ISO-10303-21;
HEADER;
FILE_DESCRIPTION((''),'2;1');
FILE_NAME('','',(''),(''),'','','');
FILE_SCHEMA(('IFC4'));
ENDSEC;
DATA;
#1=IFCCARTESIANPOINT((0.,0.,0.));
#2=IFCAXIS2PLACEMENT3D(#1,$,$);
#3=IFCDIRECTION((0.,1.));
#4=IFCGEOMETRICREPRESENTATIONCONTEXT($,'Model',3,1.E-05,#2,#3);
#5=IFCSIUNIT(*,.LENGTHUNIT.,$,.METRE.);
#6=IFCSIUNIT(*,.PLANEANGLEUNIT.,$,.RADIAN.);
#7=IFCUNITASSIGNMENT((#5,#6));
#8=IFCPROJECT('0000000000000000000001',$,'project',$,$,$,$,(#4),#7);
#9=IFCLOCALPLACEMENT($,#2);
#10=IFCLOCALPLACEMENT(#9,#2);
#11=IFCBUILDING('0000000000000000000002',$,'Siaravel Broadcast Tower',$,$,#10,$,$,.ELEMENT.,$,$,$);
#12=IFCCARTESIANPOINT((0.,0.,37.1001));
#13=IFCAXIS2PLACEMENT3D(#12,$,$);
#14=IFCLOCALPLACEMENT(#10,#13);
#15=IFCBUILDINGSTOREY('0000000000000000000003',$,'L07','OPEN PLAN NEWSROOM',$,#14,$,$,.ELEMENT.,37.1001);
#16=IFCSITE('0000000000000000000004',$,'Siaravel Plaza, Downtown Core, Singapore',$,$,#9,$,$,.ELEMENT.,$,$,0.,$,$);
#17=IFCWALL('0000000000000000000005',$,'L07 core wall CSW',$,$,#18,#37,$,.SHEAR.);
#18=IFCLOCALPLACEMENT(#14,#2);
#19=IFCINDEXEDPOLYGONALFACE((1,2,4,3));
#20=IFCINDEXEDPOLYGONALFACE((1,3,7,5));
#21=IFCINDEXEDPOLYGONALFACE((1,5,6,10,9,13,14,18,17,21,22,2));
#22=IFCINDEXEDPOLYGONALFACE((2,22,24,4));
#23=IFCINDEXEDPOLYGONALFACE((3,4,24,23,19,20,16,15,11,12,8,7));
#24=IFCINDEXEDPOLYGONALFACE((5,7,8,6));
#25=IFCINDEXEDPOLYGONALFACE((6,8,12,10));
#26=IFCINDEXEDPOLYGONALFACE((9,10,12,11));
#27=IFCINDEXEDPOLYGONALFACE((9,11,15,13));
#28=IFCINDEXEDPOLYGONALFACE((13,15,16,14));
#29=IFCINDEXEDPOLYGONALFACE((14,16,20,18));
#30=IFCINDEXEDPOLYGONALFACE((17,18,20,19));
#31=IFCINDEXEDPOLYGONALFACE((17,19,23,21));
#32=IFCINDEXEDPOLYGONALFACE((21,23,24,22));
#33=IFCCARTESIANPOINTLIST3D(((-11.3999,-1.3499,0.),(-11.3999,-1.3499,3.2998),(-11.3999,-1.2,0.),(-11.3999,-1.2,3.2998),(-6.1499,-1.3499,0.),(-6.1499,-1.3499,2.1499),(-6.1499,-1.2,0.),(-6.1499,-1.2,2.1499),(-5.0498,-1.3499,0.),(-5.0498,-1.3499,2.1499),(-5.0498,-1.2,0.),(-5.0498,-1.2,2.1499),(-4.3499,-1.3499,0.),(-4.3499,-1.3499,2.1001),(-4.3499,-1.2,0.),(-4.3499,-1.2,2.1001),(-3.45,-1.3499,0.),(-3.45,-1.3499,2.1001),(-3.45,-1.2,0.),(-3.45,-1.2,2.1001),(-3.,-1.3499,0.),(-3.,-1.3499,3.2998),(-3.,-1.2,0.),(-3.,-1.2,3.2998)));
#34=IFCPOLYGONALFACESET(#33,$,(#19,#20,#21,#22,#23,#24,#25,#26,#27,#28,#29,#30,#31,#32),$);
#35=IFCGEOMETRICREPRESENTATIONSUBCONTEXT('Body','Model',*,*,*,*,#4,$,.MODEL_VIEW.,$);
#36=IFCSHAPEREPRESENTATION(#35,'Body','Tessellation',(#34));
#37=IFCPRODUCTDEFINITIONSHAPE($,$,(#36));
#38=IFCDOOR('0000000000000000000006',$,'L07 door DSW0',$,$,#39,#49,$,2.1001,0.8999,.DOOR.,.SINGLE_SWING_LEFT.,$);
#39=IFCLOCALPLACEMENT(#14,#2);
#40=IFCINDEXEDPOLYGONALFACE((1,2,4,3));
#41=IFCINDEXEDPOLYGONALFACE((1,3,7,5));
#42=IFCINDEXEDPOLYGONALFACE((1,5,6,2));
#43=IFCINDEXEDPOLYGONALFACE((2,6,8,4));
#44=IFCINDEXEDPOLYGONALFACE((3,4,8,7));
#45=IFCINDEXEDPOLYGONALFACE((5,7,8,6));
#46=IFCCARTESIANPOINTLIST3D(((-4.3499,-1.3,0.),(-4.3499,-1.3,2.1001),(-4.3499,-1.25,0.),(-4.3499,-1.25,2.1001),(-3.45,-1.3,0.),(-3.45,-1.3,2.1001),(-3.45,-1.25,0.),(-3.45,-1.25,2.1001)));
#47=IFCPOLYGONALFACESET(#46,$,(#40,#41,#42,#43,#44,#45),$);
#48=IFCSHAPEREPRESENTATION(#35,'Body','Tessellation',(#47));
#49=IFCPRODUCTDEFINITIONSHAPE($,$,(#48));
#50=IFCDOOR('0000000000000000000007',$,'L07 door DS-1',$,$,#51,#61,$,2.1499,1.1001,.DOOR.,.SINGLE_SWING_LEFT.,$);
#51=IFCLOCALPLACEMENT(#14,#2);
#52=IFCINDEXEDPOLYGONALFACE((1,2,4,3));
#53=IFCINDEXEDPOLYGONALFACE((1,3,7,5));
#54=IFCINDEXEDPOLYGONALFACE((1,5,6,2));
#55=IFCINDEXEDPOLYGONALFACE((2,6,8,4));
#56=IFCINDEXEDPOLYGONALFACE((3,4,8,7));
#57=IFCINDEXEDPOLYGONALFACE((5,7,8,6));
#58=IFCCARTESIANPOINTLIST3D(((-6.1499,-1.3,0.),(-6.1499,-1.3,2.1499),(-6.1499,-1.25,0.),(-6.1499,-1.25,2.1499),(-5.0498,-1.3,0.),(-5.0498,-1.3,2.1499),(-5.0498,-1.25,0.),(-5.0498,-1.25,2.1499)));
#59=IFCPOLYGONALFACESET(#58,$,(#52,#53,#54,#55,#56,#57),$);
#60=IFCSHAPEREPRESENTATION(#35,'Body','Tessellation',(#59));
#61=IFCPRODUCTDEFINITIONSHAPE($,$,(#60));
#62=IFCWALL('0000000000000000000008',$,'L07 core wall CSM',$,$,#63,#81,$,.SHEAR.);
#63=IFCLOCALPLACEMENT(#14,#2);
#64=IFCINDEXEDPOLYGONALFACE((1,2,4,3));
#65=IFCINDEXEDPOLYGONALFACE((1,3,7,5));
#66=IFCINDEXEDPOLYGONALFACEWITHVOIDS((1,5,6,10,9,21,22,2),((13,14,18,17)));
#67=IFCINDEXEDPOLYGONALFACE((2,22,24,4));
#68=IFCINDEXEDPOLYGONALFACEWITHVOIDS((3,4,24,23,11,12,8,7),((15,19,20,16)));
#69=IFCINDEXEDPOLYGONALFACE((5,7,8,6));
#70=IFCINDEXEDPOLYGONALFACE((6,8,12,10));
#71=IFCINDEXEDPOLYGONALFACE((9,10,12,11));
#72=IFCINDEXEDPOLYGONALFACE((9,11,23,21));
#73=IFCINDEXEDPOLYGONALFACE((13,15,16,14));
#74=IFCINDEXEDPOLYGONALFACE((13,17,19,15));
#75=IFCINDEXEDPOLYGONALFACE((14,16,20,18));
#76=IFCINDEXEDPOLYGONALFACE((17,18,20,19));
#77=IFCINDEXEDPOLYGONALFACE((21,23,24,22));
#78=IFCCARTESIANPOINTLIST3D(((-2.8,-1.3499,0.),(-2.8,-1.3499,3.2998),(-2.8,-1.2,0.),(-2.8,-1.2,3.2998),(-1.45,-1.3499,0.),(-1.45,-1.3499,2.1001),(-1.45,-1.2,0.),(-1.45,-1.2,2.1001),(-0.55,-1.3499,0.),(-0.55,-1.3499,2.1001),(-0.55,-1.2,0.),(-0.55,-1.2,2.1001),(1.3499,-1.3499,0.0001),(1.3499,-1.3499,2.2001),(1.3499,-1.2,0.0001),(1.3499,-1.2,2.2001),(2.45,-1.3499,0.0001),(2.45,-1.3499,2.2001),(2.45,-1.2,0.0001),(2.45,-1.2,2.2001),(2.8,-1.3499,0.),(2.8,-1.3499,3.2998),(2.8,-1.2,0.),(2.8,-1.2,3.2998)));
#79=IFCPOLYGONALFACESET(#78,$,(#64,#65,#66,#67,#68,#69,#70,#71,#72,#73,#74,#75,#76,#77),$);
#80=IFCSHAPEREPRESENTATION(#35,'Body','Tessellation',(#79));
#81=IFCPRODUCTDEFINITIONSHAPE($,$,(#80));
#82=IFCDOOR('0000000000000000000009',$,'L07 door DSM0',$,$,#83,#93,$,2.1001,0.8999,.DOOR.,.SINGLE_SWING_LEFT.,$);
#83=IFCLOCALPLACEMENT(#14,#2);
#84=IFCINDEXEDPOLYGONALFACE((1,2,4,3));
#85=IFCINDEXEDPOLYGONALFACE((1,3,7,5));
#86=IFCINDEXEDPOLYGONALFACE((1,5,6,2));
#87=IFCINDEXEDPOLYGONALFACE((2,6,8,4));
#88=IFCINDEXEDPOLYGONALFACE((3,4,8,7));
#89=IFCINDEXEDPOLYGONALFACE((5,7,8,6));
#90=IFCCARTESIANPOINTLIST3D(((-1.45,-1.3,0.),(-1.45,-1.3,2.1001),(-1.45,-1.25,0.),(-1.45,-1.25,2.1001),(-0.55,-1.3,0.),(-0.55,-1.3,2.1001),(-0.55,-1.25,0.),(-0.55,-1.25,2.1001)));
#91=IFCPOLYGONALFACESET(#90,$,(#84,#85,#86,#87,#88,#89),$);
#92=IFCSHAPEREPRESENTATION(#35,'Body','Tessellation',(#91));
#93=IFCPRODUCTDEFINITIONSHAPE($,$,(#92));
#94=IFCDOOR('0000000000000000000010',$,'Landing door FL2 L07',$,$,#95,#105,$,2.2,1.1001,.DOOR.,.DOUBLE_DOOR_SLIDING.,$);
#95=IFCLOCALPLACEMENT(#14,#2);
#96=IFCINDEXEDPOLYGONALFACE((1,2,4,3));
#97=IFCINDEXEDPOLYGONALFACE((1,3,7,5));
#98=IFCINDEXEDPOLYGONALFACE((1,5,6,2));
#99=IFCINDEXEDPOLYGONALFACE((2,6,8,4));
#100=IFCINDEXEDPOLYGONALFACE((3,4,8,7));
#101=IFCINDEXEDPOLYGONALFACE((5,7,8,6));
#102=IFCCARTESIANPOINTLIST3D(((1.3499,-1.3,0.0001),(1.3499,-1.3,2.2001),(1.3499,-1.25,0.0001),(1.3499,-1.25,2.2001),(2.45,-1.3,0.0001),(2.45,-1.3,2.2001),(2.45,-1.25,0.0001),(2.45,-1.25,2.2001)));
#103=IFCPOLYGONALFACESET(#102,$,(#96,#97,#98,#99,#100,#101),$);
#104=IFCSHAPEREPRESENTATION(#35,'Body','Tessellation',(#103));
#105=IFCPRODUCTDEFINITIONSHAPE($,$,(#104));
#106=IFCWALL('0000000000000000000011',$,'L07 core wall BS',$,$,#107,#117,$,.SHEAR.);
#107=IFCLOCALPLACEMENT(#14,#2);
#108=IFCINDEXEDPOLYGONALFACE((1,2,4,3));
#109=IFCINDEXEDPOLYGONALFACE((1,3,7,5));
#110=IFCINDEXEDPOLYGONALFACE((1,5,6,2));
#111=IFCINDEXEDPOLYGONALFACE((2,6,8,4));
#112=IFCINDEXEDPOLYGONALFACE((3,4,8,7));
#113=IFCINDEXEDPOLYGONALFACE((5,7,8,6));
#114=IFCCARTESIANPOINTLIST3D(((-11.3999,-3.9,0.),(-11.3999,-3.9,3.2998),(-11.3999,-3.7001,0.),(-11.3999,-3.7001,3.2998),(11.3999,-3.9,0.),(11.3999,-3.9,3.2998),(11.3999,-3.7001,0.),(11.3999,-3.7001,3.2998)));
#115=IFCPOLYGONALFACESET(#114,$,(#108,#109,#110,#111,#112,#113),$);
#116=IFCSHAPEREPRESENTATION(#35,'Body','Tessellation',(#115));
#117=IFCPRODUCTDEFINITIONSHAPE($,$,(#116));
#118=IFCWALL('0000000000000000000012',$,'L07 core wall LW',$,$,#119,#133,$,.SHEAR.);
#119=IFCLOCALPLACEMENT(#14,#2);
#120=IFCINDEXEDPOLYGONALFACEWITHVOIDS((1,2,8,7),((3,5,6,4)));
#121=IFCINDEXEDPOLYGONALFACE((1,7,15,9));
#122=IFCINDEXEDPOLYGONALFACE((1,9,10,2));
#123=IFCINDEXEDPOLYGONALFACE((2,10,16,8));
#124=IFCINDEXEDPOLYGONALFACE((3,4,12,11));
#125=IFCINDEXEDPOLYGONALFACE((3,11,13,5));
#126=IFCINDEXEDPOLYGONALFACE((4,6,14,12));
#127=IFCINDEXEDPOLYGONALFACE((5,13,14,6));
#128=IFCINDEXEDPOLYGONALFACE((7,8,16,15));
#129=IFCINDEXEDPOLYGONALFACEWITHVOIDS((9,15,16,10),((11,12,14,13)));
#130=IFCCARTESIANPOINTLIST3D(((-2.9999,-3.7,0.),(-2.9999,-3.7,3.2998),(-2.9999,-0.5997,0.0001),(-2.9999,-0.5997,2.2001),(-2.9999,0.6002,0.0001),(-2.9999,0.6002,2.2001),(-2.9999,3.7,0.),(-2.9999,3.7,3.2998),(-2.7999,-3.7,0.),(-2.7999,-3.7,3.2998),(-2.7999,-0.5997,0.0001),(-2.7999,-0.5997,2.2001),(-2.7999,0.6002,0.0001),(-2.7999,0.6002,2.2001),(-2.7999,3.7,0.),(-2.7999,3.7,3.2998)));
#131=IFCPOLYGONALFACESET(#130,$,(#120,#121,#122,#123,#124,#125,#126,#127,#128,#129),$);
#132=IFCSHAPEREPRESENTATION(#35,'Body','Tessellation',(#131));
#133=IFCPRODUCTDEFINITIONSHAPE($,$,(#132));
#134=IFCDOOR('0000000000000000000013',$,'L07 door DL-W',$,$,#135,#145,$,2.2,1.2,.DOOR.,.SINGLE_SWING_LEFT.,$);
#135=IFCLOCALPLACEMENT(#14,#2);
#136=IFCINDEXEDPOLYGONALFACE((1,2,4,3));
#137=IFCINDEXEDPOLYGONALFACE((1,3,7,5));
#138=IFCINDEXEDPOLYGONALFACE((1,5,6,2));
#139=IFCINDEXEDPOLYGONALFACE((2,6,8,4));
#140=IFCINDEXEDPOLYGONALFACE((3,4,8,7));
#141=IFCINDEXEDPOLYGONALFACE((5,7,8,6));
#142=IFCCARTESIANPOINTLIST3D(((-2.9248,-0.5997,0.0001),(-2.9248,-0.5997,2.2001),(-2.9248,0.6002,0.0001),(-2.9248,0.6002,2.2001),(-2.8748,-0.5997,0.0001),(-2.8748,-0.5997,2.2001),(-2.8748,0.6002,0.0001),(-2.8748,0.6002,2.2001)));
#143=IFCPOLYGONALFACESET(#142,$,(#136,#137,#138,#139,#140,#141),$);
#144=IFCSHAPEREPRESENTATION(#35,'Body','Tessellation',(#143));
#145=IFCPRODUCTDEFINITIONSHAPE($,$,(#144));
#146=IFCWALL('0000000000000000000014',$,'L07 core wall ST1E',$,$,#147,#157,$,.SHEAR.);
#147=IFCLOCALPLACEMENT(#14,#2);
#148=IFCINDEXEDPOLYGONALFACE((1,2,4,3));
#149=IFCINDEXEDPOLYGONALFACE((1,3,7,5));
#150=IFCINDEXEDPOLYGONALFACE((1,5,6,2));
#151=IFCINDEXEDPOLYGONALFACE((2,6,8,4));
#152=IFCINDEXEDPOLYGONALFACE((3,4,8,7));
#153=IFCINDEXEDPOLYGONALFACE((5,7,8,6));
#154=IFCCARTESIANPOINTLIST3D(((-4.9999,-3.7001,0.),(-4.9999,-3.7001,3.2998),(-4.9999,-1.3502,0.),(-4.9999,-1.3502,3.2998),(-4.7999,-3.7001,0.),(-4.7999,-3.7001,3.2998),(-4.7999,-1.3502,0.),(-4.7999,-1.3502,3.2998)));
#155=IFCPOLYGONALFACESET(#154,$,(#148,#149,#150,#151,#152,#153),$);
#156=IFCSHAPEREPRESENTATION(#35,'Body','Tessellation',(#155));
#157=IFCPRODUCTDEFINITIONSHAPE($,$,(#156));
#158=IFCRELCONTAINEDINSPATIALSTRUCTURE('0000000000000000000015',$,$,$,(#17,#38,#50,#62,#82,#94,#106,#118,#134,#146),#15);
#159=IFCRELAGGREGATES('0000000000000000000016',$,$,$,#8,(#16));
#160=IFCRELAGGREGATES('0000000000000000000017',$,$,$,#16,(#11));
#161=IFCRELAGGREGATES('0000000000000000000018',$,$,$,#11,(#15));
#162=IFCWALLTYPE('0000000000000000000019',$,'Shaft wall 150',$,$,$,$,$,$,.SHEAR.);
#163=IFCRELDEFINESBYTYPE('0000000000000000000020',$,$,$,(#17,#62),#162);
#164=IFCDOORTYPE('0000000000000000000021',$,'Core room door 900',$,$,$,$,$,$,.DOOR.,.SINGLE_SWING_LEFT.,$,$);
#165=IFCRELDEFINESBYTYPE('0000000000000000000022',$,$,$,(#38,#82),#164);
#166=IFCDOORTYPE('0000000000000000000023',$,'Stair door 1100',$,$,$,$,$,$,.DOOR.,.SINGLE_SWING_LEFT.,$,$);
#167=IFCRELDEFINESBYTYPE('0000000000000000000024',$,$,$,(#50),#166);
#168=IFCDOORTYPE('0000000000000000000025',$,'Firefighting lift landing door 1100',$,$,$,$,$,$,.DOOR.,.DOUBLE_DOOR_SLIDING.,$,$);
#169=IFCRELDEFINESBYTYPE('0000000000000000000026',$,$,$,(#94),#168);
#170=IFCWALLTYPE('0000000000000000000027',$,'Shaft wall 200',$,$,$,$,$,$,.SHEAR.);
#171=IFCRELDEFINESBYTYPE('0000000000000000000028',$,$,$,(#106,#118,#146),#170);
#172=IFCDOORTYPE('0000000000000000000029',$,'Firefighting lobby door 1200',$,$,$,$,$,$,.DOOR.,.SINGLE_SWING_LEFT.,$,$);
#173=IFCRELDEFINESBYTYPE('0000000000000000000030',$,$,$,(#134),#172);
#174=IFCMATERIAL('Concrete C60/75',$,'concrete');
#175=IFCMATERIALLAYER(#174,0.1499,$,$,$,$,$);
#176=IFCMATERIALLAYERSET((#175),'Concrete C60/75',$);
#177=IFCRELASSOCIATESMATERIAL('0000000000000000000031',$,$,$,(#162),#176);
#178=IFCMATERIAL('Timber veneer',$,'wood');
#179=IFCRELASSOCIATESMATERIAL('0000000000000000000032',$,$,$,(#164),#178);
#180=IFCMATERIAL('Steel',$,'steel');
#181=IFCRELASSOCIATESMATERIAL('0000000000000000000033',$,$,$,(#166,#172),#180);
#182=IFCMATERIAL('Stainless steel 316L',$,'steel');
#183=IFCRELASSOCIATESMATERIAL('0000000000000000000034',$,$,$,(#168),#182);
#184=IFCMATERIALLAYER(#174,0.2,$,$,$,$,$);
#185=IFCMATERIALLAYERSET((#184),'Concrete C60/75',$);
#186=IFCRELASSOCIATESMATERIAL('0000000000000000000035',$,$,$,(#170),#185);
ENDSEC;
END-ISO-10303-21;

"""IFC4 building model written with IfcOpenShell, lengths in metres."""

from ifc_helpers import new_model, si_unit, direction, frame, frame_2d, origin, place, context, subcontext, project, spatial, rectangle, extrude, material, layer, layer_set, type_object, element, fill, save


model = new_model("IFC4")

# Units and contexts
model_context = context("Model", 3, precision=1e-05, world=origin(), true_north=direction((0.0, 1.0)))
body_context = subcontext(model_context, "Body", "Model", "MODEL_VIEW")
ifc_project = project(units=[si_unit("LENGTHUNIT", "METRE"), si_unit("PLANEANGLEUNIT", "RADIAN")], contexts=[model_context])

# Site, building, storey
site_placement = place(None, origin())
site = spatial("IfcSite", under=ifc_project, at=site_placement, Name="Siaravel Plaza, Downtown Core, Singapore", CompositionType="ELEMENT", RefElevation=0.0)
building_placement = place(site_placement, origin())
building = spatial("IfcBuilding", under=site, at=building_placement, Name="Siaravel Broadcast Tower", CompositionType="ELEMENT")
storey_placement = place(building_placement, frame((0.0, 0.0, 37.1001)))
storey = spatial("IfcBuildingStorey", under=building, at=storey_placement, Name="L07", Description="OPEN PLAN NEWSROOM", CompositionType="ELEMENT", Elevation=37.1001)

# Walls, openings, doors
ifc_material_1 = material(Name="Concrete C60/75", Category="concrete")
ifc_layer_1 = layer(ifc_material_1, 0.1499)
ifc_layer_set_1 = layer_set([ifc_layer_1], Name="Concrete C60/75")
wall_type_1 = type_object("IfcWallType", Name="Shaft wall 150", PredefinedType="SHEAR", material=ifc_layer_set_1)
wall_1_placement = place(storey_placement, frame((-11.3999, -1.2749, 0.0), z_axis=(0.0, 0.0, 1.0), x_axis=(1.0, 0.0, 0.0)))
wall_1 = element("IfcWall", 1, at=wall_1_placement, inside=storey, type_object=wall_type_1, Name="L07 core wall CSW", PredefinedType="SHEAR", context=body_context, shape_type="SweptSolid", body=[
    extrude(rectangle(XDim=8.3999, YDim=0.1499, at=frame_2d((4.2, 0.0))), origin(), (0.0, 0.0, 1.0), 3.2998),
])
opening_1_placement = place(wall_1_placement, frame((5.25, 0.0, 0.0)))
opening_1 = element("IfcOpeningElement", 2, at=opening_1_placement, cuts=wall_1, PredefinedType="OPENING", context=body_context, shape_type="SweptSolid", body=[
    extrude(rectangle(XDim=1.1001, YDim=2.1499, at=frame_2d((0.55, 1.075))), frame((0.0, 0.085, 0.0), z_axis=(0.0, -1.0, 0.0), x_axis=(1.0, 0.0, 0.0)), (0.0, 0.0, 1.0), 0.1699),
])
opening_2_placement = place(wall_1_placement, frame((7.05, 0.0, 0.0)))
opening_2 = element("IfcOpeningElement", 3, at=opening_2_placement, cuts=wall_1, PredefinedType="OPENING", context=body_context, shape_type="SweptSolid", body=[
    extrude(rectangle(XDim=0.8999, YDim=2.1001, at=frame_2d((0.45, 1.05))), frame((0.0, 0.085, 0.0), z_axis=(0.0, -1.0, 0.0), x_axis=(1.0, 0.0, 0.0)), (0.0, 0.0, 1.0), 0.1699),
])
ifc_material_2 = material(Name="Timber veneer", Category="wood")
door_type_1 = type_object("IfcDoorType", Name="Core room door 900", OperationType="SINGLE_SWING_LEFT", PredefinedType="DOOR", material=ifc_material_2)
door_1_placement = place(opening_2_placement, origin())
door_1 = element("IfcDoor", 4, at=door_1_placement, inside=storey, type_object=door_type_1, Name="L07 door DSW0", OperationType="SINGLE_SWING_LEFT", OverallHeight=2.1001, OverallWidth=0.8999, PredefinedType="DOOR", context=body_context, shape_type="SweptSolid", body=[
    extrude(rectangle(XDim=0.8999, YDim=2.1001, at=frame_2d((0.45, 1.05))), frame((0.0, 0.0249, 0.0), z_axis=(0.0, -1.0, 0.0), x_axis=(1.0, 0.0, 0.0)), (0.0, 0.0, 1.0), 0.05),
])
fill(opening_2, door_1)
ifc_material_3 = material(Name="Steel", Category="steel")
door_type_2 = type_object("IfcDoorType", Name="Stair door 1100", OperationType="SINGLE_SWING_LEFT", PredefinedType="DOOR", material=ifc_material_3)
door_2_placement = place(opening_1_placement, origin())
door_2 = element("IfcDoor", 5, at=door_2_placement, inside=storey, type_object=door_type_2, Name="L07 door DS-1", OperationType="SINGLE_SWING_LEFT", OverallHeight=2.1499, OverallWidth=1.1001, PredefinedType="DOOR", context=body_context, shape_type="SweptSolid", body=[
    extrude(rectangle(XDim=1.1001, YDim=2.1499, at=frame_2d((0.55, 1.075))), frame((0.0, 0.0249, 0.0), z_axis=(0.0, -1.0, 0.0), x_axis=(1.0, 0.0, 0.0)), (0.0, 0.0, 1.0), 0.05),
])
fill(opening_1, door_2)
wall_2_placement = place(storey_placement, frame((-2.8, -1.2749, 0.0), z_axis=(0.0, 0.0, 1.0), x_axis=(1.0, 0.0, 0.0)))
wall_2 = element("IfcWall", 6, at=wall_2_placement, inside=storey, type_object=wall_type_1, Name="L07 core wall CSM", PredefinedType="SHEAR", context=body_context, shape_type="SweptSolid", body=[
    extrude(rectangle(XDim=5.6001, YDim=0.1499, at=frame_2d((2.8, 0.0))), origin(), (0.0, 0.0, 1.0), 3.2998),
])
opening_3_placement = place(wall_2_placement, frame((4.1499, 0.0, 0.0)))
opening_3 = element("IfcOpeningElement", 7, at=opening_3_placement, cuts=wall_2, PredefinedType="OPENING", context=body_context, shape_type="SweptSolid", body=[
    extrude(rectangle(XDim=1.1001, YDim=2.2, at=frame_2d((0.55, 1.1001))), frame((0.0, 0.085, 0.0), z_axis=(0.0, -1.0, 0.0), x_axis=(1.0, 0.0, 0.0)), (0.0, 0.0, 1.0), 0.1699),
])
opening_4_placement = place(wall_2_placement, frame((1.3501, 0.0, 0.0)))
opening_4 = element("IfcOpeningElement", 8, at=opening_4_placement, cuts=wall_2, PredefinedType="OPENING", context=body_context, shape_type="SweptSolid", body=[
    extrude(rectangle(XDim=0.8999, YDim=2.1001, at=frame_2d((0.45, 1.05))), frame((0.0, 0.085, 0.0), z_axis=(0.0, -1.0, 0.0), x_axis=(1.0, 0.0, 0.0)), (0.0, 0.0, 1.0), 0.1699),
])
door_3_placement = place(opening_4_placement, origin())
door_3 = element("IfcDoor", 9, at=door_3_placement, inside=storey, type_object=door_type_1, Name="L07 door DSM0", OperationType="SINGLE_SWING_LEFT", OverallHeight=2.1001, OverallWidth=0.8999, PredefinedType="DOOR", context=body_context, shape_type="SweptSolid", body=[
    extrude(rectangle(XDim=0.8999, YDim=2.1001, at=frame_2d((0.45, 1.05))), frame((0.0, 0.0249, 0.0), z_axis=(0.0, -1.0, 0.0), x_axis=(1.0, 0.0, 0.0)), (0.0, 0.0, 1.0), 0.05),
])
fill(opening_4, door_3)
ifc_material_4 = material(Name="Stainless steel 316L", Category="steel")
door_type_3 = type_object("IfcDoorType", Name="Firefighting lift landing door 1100", OperationType="DOUBLE_DOOR_SLIDING", PredefinedType="DOOR", material=ifc_material_4)
door_4_placement = place(opening_3_placement, origin())
door_4 = element("IfcDoor", 10, at=door_4_placement, inside=storey, type_object=door_type_3, Name="Landing door FL2 L07", OperationType="DOUBLE_DOOR_SLIDING", OverallHeight=2.2, OverallWidth=1.1001, PredefinedType="DOOR", context=body_context, shape_type="SweptSolid", body=[
    extrude(rectangle(XDim=1.1001, YDim=2.2, at=frame_2d((0.55, 1.1001))), frame((0.0, 0.0249, 0.0), z_axis=(0.0, -1.0, 0.0), x_axis=(1.0, 0.0, 0.0)), (0.0, 0.0, 1.0), 0.05),
])
fill(opening_3, door_4)

# Wall
ifc_layer_2 = layer(ifc_material_1, 0.2)
ifc_layer_set_2 = layer_set([ifc_layer_2], Name="Concrete C60/75")
wall_type_2 = type_object("IfcWallType", Name="Shaft wall 200", PredefinedType="SHEAR", material=ifc_layer_set_2)
wall_3_placement = place(storey_placement, frame((-11.3999, -3.8, 0.0), z_axis=(0.0, 0.0, 1.0), x_axis=(1.0, 0.0, 0.0)))
element("IfcWall", 11, at=wall_3_placement, inside=storey, type_object=wall_type_2, Name="L07 core wall BS", PredefinedType="SHEAR", context=body_context, shape_type="SweptSolid", body=[
    extrude(rectangle(XDim=22.7998, YDim=0.2, at=frame_2d((11.3999, 0.0))), origin(), (0.0, 0.0, 1.0), 3.2998),
])

# Wall, opening, door
wall_4_placement = place(storey_placement, frame((-2.8999, -3.7, 0.0), z_axis=(0.0, 0.0, 1.0), x_axis=(0.0, 1.0, 0.0)))
wall_4 = element("IfcWall", 12, at=wall_4_placement, inside=storey, type_object=wall_type_2, Name="L07 core wall LW", PredefinedType="SHEAR", context=body_context, shape_type="SweptSolid", body=[
    extrude(rectangle(XDim=7.3999, YDim=0.2, at=frame_2d((3.7, 0.0))), origin(), (0.0, 0.0, 1.0), 3.2998),
])
opening_5_placement = place(wall_4_placement, frame((3.1001, 0.0, 0.0)))
opening_5 = element("IfcOpeningElement", 13, at=opening_5_placement, cuts=wall_4, PredefinedType="OPENING", context=body_context, shape_type="SweptSolid", body=[
    extrude(rectangle(XDim=1.2, YDim=2.2, at=frame_2d((0.6001, 1.1001))), frame((0.0, 0.1099, 0.0), z_axis=(0.0, -1.0, 0.0), x_axis=(1.0, 0.0, 0.0)), (0.0, 0.0, 1.0), 0.22),
])
door_type_4 = type_object("IfcDoorType", Name="Firefighting lobby door 1200", OperationType="SINGLE_SWING_LEFT", PredefinedType="DOOR", material=ifc_material_3)
door_5_placement = place(opening_5_placement, origin())
door_5 = element("IfcDoor", 14, at=door_5_placement, inside=storey, type_object=door_type_4, Name="L07 door DL-W", OperationType="SINGLE_SWING_LEFT", OverallHeight=2.2, OverallWidth=1.2, PredefinedType="DOOR", context=body_context, shape_type="SweptSolid", body=[
    extrude(rectangle(XDim=1.2, YDim=2.2, at=frame_2d((0.6001, 1.1001))), frame((0.0, 0.0249, 0.0), z_axis=(0.0, -1.0, 0.0), x_axis=(1.0, 0.0, 0.0)), (0.0, 0.0, 1.0), 0.05),
])
fill(opening_5, door_5)

# Wall
wall_5_placement = place(storey_placement, frame((-4.8999, -3.7, 0.0), z_axis=(0.0, 0.0, 1.0), x_axis=(0.0, 1.0, 0.0)))
element("IfcWall", 15, at=wall_5_placement, inside=storey, type_object=wall_type_2, Name="L07 core wall ST1E", PredefinedType="SHEAR", context=body_context, shape_type="SweptSolid", body=[
    extrude(rectangle(XDim=2.3499, YDim=0.2, at=frame_2d((1.1748, 0.0))), origin(), (0.0, 0.0, 1.0), 3.2998),
])

save(model, "model.ifc")
